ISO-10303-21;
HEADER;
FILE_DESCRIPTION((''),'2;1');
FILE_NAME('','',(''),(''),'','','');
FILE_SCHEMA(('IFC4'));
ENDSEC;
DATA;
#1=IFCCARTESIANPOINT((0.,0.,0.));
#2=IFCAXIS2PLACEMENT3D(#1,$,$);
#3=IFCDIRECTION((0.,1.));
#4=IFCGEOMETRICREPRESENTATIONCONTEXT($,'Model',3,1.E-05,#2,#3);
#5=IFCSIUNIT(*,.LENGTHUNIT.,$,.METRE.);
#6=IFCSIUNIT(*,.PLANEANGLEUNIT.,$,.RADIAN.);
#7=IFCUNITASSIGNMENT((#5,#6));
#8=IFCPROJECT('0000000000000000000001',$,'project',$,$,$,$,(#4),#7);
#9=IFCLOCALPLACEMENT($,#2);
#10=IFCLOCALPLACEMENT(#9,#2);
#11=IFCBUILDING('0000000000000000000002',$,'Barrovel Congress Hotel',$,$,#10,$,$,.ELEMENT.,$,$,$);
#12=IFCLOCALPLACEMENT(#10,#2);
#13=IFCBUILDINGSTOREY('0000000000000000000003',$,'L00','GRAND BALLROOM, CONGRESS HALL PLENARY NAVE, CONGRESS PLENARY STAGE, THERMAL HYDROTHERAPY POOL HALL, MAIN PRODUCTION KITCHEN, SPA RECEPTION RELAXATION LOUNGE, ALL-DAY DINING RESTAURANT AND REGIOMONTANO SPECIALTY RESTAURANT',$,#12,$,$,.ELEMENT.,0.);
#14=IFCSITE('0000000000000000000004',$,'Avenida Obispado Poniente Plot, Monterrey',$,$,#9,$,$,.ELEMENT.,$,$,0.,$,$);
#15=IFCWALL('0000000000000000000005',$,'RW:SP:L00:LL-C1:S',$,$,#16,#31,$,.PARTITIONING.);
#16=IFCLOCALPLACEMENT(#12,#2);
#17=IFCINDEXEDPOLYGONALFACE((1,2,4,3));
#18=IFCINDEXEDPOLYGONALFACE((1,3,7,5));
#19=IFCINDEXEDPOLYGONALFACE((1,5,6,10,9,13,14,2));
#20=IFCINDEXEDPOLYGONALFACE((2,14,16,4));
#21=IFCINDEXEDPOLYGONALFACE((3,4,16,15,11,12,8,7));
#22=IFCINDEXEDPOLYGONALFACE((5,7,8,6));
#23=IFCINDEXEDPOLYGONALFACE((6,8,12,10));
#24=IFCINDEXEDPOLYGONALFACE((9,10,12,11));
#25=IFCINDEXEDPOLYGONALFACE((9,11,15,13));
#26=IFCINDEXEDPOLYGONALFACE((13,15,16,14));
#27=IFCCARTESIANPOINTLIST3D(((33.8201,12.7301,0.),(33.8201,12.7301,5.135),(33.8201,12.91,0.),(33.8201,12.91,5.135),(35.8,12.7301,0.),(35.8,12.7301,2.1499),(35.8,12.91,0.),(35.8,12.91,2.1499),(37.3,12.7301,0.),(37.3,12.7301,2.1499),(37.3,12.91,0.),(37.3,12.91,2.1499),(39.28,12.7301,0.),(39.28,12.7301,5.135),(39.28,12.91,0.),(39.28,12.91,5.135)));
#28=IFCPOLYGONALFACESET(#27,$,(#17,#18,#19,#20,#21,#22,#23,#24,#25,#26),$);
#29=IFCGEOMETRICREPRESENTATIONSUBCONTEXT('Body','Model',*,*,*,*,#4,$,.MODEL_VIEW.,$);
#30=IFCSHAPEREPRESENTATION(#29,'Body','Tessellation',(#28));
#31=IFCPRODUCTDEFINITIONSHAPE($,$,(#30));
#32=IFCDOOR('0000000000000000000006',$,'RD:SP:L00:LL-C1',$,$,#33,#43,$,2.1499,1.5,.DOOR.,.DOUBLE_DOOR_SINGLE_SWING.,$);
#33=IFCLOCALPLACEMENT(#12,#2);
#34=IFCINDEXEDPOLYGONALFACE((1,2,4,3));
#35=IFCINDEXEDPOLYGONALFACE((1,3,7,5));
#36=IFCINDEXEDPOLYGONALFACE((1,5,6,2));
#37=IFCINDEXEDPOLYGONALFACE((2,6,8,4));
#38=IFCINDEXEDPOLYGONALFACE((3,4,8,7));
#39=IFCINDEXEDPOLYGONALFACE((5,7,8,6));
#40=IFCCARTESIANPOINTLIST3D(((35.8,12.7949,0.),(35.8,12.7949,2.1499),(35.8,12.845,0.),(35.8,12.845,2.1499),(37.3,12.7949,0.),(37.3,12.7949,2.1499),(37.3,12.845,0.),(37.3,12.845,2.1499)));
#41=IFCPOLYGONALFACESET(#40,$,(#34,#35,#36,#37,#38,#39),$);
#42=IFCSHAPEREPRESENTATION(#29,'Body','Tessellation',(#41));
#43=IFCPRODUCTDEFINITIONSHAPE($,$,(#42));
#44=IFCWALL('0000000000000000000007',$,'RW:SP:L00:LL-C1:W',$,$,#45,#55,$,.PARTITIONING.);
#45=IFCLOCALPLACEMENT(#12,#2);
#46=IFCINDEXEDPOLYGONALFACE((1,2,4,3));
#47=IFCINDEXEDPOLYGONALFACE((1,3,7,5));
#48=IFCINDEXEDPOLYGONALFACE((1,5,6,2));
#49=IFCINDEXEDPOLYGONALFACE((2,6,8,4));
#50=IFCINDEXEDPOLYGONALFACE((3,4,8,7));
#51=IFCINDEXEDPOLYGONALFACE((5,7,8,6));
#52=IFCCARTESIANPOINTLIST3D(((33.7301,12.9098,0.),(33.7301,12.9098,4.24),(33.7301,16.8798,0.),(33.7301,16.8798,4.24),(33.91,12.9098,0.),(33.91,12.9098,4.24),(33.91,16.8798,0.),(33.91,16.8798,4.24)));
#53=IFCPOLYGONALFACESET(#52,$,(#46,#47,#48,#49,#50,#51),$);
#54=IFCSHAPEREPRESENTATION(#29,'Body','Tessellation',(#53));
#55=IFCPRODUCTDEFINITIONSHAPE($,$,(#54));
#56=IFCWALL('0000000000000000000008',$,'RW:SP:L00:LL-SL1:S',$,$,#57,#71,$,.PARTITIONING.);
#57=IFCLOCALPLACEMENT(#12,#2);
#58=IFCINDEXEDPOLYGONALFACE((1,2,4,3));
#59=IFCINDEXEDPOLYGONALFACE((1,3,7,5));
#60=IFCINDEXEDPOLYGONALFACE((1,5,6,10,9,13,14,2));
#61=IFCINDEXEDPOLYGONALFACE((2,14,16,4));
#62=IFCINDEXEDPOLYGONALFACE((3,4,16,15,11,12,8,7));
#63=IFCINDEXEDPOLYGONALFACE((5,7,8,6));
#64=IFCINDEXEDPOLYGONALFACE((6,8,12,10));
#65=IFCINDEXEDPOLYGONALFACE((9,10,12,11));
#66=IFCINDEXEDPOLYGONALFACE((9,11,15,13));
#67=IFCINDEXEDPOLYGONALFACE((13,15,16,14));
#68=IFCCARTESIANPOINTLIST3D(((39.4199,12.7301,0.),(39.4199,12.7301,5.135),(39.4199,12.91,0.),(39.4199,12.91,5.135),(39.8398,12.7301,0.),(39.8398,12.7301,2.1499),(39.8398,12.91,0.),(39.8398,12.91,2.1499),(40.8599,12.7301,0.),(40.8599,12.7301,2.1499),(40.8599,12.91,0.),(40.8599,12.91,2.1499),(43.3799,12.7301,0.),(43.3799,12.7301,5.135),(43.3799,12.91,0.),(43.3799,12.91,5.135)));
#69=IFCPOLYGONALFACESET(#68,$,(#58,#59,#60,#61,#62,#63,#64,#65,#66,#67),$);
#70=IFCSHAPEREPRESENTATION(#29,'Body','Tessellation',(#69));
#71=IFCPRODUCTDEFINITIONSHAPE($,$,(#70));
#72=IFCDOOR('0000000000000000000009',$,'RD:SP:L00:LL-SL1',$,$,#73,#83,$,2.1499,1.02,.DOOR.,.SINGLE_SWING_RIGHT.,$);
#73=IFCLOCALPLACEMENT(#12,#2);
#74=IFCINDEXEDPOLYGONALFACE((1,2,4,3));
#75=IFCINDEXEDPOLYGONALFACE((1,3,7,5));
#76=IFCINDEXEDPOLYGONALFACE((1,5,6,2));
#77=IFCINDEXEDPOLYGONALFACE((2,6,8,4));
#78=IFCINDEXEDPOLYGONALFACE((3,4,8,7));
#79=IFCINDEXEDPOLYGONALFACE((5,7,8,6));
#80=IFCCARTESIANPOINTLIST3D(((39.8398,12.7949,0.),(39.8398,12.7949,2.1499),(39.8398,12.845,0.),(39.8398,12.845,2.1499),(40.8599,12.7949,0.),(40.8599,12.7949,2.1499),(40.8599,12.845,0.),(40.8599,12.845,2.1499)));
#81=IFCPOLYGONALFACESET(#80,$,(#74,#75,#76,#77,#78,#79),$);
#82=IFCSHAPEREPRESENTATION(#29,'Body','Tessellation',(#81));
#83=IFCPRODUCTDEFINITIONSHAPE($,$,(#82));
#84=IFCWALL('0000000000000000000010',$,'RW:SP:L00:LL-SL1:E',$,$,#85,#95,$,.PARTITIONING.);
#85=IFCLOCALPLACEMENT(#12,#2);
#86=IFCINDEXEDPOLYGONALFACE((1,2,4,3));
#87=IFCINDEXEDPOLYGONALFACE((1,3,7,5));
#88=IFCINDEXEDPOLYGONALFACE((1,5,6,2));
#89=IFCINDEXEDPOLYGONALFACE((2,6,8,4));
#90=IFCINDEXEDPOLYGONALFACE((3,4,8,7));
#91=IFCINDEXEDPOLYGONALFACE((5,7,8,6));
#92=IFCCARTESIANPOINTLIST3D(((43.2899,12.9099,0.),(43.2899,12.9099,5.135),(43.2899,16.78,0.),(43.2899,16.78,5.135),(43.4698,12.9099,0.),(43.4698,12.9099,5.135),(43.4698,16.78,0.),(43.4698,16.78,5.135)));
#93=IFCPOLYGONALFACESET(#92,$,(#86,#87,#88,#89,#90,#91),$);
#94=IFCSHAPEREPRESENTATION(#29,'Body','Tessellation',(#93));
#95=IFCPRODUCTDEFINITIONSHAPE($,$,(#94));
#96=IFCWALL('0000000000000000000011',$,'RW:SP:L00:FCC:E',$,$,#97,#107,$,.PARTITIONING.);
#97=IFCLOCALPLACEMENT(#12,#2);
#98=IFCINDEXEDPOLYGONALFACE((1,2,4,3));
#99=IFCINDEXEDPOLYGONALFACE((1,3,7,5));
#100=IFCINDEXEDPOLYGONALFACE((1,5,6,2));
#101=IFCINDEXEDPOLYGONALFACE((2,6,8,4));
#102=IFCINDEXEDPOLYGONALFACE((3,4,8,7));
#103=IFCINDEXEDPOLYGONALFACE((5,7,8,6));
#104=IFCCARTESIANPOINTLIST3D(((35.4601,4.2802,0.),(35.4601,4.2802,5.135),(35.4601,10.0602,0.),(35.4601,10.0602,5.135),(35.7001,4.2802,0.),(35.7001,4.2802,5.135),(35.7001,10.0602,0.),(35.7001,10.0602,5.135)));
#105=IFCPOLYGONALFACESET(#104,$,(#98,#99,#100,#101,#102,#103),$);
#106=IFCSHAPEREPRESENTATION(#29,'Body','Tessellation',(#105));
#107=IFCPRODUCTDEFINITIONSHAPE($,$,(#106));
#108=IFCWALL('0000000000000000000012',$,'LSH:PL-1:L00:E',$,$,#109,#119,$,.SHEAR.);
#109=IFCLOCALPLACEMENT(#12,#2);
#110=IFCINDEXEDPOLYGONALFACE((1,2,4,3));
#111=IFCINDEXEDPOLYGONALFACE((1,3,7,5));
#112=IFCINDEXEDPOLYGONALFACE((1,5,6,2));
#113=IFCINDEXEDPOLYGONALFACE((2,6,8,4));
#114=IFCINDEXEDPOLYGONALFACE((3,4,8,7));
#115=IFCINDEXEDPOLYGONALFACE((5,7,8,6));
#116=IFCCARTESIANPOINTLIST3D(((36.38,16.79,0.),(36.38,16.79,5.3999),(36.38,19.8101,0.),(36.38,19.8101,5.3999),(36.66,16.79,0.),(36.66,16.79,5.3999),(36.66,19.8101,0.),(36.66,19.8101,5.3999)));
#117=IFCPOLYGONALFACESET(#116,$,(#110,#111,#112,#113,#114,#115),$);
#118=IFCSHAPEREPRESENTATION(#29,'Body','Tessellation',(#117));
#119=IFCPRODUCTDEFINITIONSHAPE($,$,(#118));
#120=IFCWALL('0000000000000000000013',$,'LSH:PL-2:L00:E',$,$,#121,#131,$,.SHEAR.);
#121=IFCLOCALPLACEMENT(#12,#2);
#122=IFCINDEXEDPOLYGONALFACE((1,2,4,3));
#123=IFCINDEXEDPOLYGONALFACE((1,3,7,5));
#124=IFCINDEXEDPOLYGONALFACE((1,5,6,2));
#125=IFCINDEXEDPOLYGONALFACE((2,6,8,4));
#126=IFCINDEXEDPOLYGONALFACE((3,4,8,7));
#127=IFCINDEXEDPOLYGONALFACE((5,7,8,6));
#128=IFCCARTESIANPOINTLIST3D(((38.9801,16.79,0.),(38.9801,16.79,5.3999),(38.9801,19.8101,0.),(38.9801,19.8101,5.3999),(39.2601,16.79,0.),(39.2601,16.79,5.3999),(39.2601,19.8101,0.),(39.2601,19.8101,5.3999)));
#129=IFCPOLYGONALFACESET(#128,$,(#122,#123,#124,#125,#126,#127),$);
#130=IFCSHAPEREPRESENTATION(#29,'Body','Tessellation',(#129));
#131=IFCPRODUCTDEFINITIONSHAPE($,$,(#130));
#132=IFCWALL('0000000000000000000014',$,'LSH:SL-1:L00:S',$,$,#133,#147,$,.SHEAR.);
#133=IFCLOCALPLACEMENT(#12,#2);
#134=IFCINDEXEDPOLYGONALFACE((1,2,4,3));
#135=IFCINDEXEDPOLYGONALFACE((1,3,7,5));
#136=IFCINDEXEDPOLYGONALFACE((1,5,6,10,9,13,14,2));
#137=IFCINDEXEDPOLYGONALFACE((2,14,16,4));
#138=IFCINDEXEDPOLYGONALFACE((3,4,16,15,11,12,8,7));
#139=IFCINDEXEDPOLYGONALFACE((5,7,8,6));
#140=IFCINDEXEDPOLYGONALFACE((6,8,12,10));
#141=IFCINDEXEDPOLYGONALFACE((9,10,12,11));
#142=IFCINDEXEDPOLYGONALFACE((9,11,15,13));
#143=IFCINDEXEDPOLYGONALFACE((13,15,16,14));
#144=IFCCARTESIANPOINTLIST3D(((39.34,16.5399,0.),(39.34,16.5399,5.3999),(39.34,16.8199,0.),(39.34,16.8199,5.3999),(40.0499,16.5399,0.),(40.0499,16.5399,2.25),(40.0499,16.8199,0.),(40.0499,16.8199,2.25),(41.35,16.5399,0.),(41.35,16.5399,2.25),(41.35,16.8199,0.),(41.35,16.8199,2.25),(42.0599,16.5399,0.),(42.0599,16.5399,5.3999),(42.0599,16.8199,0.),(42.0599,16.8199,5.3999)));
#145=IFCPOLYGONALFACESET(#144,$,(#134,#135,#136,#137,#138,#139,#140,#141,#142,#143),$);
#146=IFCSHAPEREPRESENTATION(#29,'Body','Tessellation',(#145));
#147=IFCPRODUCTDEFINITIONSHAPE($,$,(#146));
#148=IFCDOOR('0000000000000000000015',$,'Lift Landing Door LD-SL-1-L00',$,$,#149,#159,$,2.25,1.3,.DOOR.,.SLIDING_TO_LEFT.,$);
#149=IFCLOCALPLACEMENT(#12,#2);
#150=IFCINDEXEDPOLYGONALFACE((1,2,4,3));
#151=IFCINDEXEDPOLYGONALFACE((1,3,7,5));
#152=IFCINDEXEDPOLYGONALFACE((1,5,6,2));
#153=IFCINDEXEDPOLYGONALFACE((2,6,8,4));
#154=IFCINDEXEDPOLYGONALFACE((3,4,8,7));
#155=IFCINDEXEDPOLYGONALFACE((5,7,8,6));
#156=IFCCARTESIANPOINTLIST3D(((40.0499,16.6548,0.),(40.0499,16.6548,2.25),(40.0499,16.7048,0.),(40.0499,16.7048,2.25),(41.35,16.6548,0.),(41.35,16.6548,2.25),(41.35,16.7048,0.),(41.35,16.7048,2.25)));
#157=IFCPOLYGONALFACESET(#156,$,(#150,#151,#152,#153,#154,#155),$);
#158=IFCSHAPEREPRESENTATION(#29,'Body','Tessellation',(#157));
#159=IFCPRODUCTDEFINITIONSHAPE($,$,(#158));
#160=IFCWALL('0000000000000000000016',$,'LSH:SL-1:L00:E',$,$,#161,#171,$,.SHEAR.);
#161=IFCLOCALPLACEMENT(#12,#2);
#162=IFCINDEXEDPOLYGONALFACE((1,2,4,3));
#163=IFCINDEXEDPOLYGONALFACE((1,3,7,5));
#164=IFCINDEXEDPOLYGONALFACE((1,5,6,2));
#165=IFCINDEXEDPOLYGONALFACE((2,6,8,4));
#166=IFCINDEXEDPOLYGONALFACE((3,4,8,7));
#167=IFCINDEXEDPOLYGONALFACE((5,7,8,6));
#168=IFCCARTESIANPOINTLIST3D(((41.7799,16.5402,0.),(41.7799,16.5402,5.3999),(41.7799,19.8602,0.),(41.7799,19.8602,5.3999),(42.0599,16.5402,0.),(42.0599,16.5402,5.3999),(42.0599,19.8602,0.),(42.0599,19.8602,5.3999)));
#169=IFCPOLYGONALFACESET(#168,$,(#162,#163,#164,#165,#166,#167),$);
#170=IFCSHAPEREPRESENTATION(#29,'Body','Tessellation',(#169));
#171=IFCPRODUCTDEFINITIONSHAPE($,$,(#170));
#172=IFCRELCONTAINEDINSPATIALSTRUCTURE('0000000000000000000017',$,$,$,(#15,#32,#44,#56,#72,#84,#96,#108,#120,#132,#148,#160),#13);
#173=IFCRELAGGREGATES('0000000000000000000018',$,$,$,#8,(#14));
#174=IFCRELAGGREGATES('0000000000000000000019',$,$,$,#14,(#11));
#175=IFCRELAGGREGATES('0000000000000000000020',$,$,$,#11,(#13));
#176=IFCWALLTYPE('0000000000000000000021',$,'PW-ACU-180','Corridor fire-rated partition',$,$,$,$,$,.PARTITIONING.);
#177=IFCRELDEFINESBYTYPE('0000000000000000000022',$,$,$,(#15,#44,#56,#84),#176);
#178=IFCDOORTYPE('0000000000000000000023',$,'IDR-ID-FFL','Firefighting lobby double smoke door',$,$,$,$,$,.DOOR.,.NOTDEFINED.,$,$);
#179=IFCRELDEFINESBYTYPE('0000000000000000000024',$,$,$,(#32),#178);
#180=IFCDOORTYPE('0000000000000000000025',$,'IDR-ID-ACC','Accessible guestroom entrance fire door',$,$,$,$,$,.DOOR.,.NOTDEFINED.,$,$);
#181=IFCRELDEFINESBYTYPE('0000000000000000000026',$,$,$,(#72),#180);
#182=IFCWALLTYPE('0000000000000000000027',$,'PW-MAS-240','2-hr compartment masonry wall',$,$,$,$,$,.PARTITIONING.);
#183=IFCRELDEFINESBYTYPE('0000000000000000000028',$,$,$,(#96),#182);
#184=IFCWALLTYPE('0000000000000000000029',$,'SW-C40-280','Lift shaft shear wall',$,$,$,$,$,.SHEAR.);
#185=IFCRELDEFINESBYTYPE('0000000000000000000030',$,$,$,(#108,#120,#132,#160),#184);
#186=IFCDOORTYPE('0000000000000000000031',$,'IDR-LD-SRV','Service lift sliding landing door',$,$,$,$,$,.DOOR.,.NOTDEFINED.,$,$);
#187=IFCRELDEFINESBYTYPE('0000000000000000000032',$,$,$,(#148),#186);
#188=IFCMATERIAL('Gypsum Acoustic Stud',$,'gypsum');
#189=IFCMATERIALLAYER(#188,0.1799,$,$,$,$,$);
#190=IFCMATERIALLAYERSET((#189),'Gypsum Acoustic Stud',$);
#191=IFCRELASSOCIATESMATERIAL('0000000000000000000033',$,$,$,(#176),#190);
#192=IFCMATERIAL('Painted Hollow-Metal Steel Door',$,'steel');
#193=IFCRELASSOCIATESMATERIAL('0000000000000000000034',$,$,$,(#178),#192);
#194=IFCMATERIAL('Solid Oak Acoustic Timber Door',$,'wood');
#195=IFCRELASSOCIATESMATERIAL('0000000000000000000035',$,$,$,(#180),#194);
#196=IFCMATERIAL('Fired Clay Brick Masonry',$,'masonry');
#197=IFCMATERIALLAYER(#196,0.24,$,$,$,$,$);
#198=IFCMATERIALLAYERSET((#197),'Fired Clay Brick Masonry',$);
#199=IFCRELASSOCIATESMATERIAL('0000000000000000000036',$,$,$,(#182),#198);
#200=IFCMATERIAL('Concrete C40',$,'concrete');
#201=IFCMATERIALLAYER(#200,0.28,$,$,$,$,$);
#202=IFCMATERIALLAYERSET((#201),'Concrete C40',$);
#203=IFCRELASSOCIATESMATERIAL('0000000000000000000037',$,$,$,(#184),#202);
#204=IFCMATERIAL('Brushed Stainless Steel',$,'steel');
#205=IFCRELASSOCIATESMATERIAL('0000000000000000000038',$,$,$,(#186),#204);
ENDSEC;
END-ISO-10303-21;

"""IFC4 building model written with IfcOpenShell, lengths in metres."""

from ifc_helpers import new_model, si_unit, direction, frame, frame_2d, origin, place, context, subcontext, project, spatial, rectangle, extrude, material, layer, layer_set, type_object, element, fill, save


model = new_model("IFC4")

# Units and contexts
model_context = context("Model", 3, precision=1e-05, world=origin(), true_north=direction((0.0, 1.0)))
body_context = subcontext(model_context, "Body", "Model", "MODEL_VIEW")
ifc_project = project(units=[si_unit("LENGTHUNIT", "METRE"), si_unit("PLANEANGLEUNIT", "RADIAN")], contexts=[model_context])

# Site, building, storey
site_placement = place(None, origin())
site = spatial("IfcSite", under=ifc_project, at=site_placement, Name="Avenida Obispado Poniente Plot, Monterrey", CompositionType="ELEMENT", RefElevation=0.0)
building_placement = place(site_placement, origin())
building = spatial("IfcBuilding", under=site, at=building_placement, Name="Barrovel Congress Hotel", CompositionType="ELEMENT")
storey_placement = place(building_placement, origin())
storey = spatial("IfcBuildingStorey", under=building, at=storey_placement, Name="L00", Description="GRAND BALLROOM, CONGRESS HALL PLENARY NAVE, CONGRESS PLENARY STAGE, THERMAL HYDROTHERAPY POOL HALL, MAIN PRODUCTION KITCHEN, SPA RECEPTION RELAXATION LOUNGE, ALL-DAY DINING RESTAURANT AND REGIOMONTANO SPECIALTY RESTAURANT", CompositionType="ELEMENT", Elevation=0.0)

# Shared definitions
ifc_material_1 = material(Name="Concrete C40", Category="concrete")

# Wall, opening, door
ifc_material_2 = material(Name="Gypsum Acoustic Stud", Category="gypsum")
ifc_layer_1 = layer(ifc_material_2, 0.1799)
ifc_layer_set_1 = layer_set([ifc_layer_1], Name="Gypsum Acoustic Stud")
wall_type_1 = type_object("IfcWallType", Name="PW-ACU-180", Description="Corridor fire-rated partition", PredefinedType="PARTITIONING", material=ifc_layer_set_1)
wall_1_placement = place(storey_placement, frame((33.8201, 12.8201, 0.0), z_axis=(0.0, 0.0, 1.0), x_axis=(1.0, 0.0, 0.0)))
wall_1 = element("IfcWall", 1, at=wall_1_placement, inside=storey, type_object=wall_type_1, Name="RW:SP:L00:LL-C1:S", PredefinedType="PARTITIONING", context=body_context, shape_type="SweptSolid", body=[
    extrude(rectangle(XDim=5.46, YDim=0.1799, at=frame_2d((2.73, 0.0))), origin(), (0.0, 0.0, 1.0), 5.135),
])
opening_1_placement = place(wall_1_placement, frame((1.98, 0.0, 0.0)))
opening_1 = element("IfcOpeningElement", 2, at=opening_1_placement, cuts=wall_1, PredefinedType="OPENING", context=body_context, shape_type="SweptSolid", body=[
    extrude(rectangle(XDim=1.5, YDim=2.1499, at=frame_2d((0.75, 1.075))), frame((0.0, 0.1001, 0.0), z_axis=(0.0, -1.0, 0.0), x_axis=(1.0, 0.0, 0.0)), (0.0, 0.0, 1.0), 0.2),
])
ifc_material_3 = material(Name="Painted Hollow-Metal Steel Door", Category="steel")
door_type_1 = type_object("IfcDoorType", Name="IDR-ID-FFL", Description="Firefighting lobby double smoke door", OperationType="NOTDEFINED", PredefinedType="DOOR", material=ifc_material_3)
door_1_placement = place(opening_1_placement, origin())
door_1 = element("IfcDoor", 3, at=door_1_placement, inside=storey, type_object=door_type_1, Name="RD:SP:L00:LL-C1", OperationType="DOUBLE_DOOR_SINGLE_SWING", OverallHeight=2.1499, OverallWidth=1.5, PredefinedType="DOOR", context=body_context, shape_type="SweptSolid", body=[
    extrude(rectangle(XDim=1.5, YDim=2.1499, at=frame_2d((0.75, 1.075))), frame((0.0, 0.0249, 0.0), z_axis=(0.0, -1.0, 0.0), x_axis=(1.0, 0.0, 0.0)), (0.0, 0.0, 1.0), 0.05),
])
fill(opening_1, door_1)

# Wall
wall_2_placement = place(storey_placement, frame((33.8201, 12.9099, 0.0), z_axis=(0.0, 0.0, 1.0), x_axis=(0.0, 1.0, 0.0)))
element("IfcWall", 4, at=wall_2_placement, inside=storey, type_object=wall_type_1, Name="RW:SP:L00:LL-C1:W", PredefinedType="PARTITIONING", context=body_context, shape_type="SweptSolid", body=[
    extrude(rectangle(XDim=3.97, YDim=0.1799, at=frame_2d((1.9849, 0.0))), origin(), (0.0, 0.0, 1.0), 4.24),
])

# Wall, opening, door
wall_3_placement = place(storey_placement, frame((39.4199, 12.8201, 0.0), z_axis=(0.0, 0.0, 1.0), x_axis=(1.0, 0.0, 0.0)))
wall_3 = element("IfcWall", 5, at=wall_3_placement, inside=storey, type_object=wall_type_1, Name="RW:SP:L00:LL-SL1:S", PredefinedType="PARTITIONING", context=body_context, shape_type="SweptSolid", body=[
    extrude(rectangle(XDim=3.96, YDim=0.1799, at=frame_2d((1.98, 0.0))), origin(), (0.0, 0.0, 1.0), 5.135),
])
opening_2_placement = place(wall_3_placement, frame((0.4199, 0.0, 0.0)))
opening_2 = element("IfcOpeningElement", 6, at=opening_2_placement, cuts=wall_3, PredefinedType="OPENING", context=body_context, shape_type="SweptSolid", body=[
    extrude(rectangle(XDim=1.02, YDim=2.1499, at=frame_2d((0.51, 1.075))), frame((0.0, 0.1001, 0.0), z_axis=(0.0, -1.0, 0.0), x_axis=(1.0, 0.0, 0.0)), (0.0, 0.0, 1.0), 0.2),
])
ifc_material_4 = material(Name="Solid Oak Acoustic Timber Door", Category="wood")
door_type_2 = type_object("IfcDoorType", Name="IDR-ID-ACC", Description="Accessible guestroom entrance fire door", OperationType="NOTDEFINED", PredefinedType="DOOR", material=ifc_material_4)
door_2_placement = place(opening_2_placement, origin())
door_2 = element("IfcDoor", 7, at=door_2_placement, inside=storey, type_object=door_type_2, Name="RD:SP:L00:LL-SL1", OperationType="SINGLE_SWING_RIGHT", OverallHeight=2.1499, OverallWidth=1.02, PredefinedType="DOOR", context=body_context, shape_type="SweptSolid", body=[
    extrude(rectangle(XDim=1.02, YDim=2.1499, at=frame_2d((0.51, 1.075))), frame((0.0, 0.0249, 0.0), z_axis=(0.0, -1.0, 0.0), x_axis=(1.0, 0.0, 0.0)), (0.0, 0.0, 1.0), 0.05),
])
fill(opening_2, door_2)

# Walls
wall_4_placement = place(storey_placement, frame((43.3799, 12.9099, 0.0), z_axis=(0.0, 0.0, 1.0), x_axis=(0.0, 1.0, 0.0)))
element("IfcWall", 8, at=wall_4_placement, inside=storey, type_object=wall_type_1, Name="RW:SP:L00:LL-SL1:E", PredefinedType="PARTITIONING", context=body_context, shape_type="SweptSolid", body=[
    extrude(rectangle(XDim=3.8701, YDim=0.1799, at=frame_2d((1.9351, 0.0))), origin(), (0.0, 0.0, 1.0), 5.135),
])
ifc_material_5 = material(Name="Fired Clay Brick Masonry", Category="masonry")
ifc_layer_2 = layer(ifc_material_5, 0.24)
ifc_layer_set_2 = layer_set([ifc_layer_2], Name="Fired Clay Brick Masonry")
wall_type_2 = type_object("IfcWallType", Name="PW-MAS-240", Description="2-hr compartment masonry wall", PredefinedType="PARTITIONING", material=ifc_layer_set_2)
wall_5_placement = place(storey_placement, frame((35.5801, 4.28, 0.0), z_axis=(0.0, 0.0, 1.0), x_axis=(0.0, 1.0, 0.0)))
element("IfcWall", 9, at=wall_5_placement, inside=storey, type_object=wall_type_2, Name="RW:SP:L00:FCC:E", PredefinedType="PARTITIONING", context=body_context, shape_type="SweptSolid", body=[
    extrude(rectangle(XDim=5.78, YDim=0.24, at=frame_2d((2.8901, 0.0))), origin(), (0.0, 0.0, 1.0), 5.135),
])
ifc_layer_3 = layer(ifc_material_1, 0.28)
ifc_layer_set_3 = layer_set([ifc_layer_3], Name="Concrete C40")
wall_type_3 = type_object("IfcWallType", Name="SW-C40-280", Description="Lift shaft shear wall", PredefinedType="SHEAR", material=ifc_layer_set_3)
for number, where, z_axis, x_axis, name in (
    (10, (36.52, 16.79, 0.0), (0.0, 0.0, 1.0), (0.0, 1.0, 0.0), "LSH:PL-1:L00:E"),
    (11, (39.1201, 16.79, 0.0), (0.0, 0.0, 1.0), (0.0, 1.0, 0.0), "LSH:PL-2:L00:E"),
):
    element("IfcWall", number, at=place(storey_placement, frame(where, z_axis=z_axis, x_axis=x_axis)), inside=storey, type_object=wall_type_3, Name=name, PredefinedType="SHEAR", context=body_context, shape_type="SweptSolid", body=[
        extrude(rectangle(XDim=3.02, YDim=0.28, at=frame_2d((1.51, 0.0))), origin(), (0.0, 0.0, 1.0), 5.3999),
    ])

# Wall, opening, door
wall_6_placement = place(storey_placement, frame((39.3401, 16.6799, 0.0), z_axis=(0.0, 0.0, 1.0), x_axis=(1.0, 0.0, 0.0)))
wall_6 = element("IfcWall", 12, at=wall_6_placement, inside=storey, type_object=wall_type_3, Name="LSH:SL-1:L00:S", PredefinedType="SHEAR", context=body_context, shape_type="SweptSolid", body=[
    extrude(rectangle(XDim=2.72, YDim=0.28, at=frame_2d((1.3599, 0.0))), origin(), (0.0, 0.0, 1.0), 5.3999),
])
opening_3_placement = place(wall_6_placement, frame((0.71, 0.0, 0.0)))
opening_3 = element("IfcOpeningElement", 13, at=opening_3_placement, cuts=wall_6, PredefinedType="OPENING", context=body_context, shape_type="SweptSolid", body=[
    extrude(rectangle(XDim=1.3, YDim=2.25, at=frame_2d((0.6499, 1.125))), frame((0.0, 0.1499, 0.0), z_axis=(0.0, -1.0, 0.0), x_axis=(1.0, 0.0, 0.0)), (0.0, 0.0, 1.0), 0.3),
])
ifc_material_6 = material(Name="Brushed Stainless Steel", Category="steel")
door_type_3 = type_object("IfcDoorType", Name="IDR-LD-SRV", Description="Service lift sliding landing door", OperationType="NOTDEFINED", PredefinedType="DOOR", material=ifc_material_6)
door_3_placement = place(opening_3_placement, origin())
door_3 = element("IfcDoor", 14, at=door_3_placement, inside=storey, type_object=door_type_3, Name="Lift Landing Door LD-SL-1-L00", OperationType="SLIDING_TO_LEFT", OverallHeight=2.25, OverallWidth=1.3, PredefinedType="DOOR", context=body_context, shape_type="SweptSolid", body=[
    extrude(rectangle(XDim=1.3, YDim=2.25, at=frame_2d((0.6499, 1.125))), frame((0.0, 0.0249, 0.0), z_axis=(0.0, -1.0, 0.0), x_axis=(1.0, 0.0, 0.0)), (0.0, 0.0, 1.0), 0.05),
])
fill(opening_3, door_3)

# Wall
wall_7_placement = place(storey_placement, frame((41.9199, 16.54, 0.0), z_axis=(0.0, 0.0, 1.0), x_axis=(0.0, 1.0, 0.0)))
element("IfcWall", 15, at=wall_7_placement, inside=storey, type_object=wall_type_3, Name="LSH:SL-1:L00:E", PredefinedType="SHEAR", context=body_context, shape_type="SweptSolid", body=[
    extrude(rectangle(XDim=3.3201, YDim=0.28, at=frame_2d((1.6602, 0.0))), origin(), (0.0, 0.0, 1.0), 5.3999),
])

save(model, "model.ifc")
